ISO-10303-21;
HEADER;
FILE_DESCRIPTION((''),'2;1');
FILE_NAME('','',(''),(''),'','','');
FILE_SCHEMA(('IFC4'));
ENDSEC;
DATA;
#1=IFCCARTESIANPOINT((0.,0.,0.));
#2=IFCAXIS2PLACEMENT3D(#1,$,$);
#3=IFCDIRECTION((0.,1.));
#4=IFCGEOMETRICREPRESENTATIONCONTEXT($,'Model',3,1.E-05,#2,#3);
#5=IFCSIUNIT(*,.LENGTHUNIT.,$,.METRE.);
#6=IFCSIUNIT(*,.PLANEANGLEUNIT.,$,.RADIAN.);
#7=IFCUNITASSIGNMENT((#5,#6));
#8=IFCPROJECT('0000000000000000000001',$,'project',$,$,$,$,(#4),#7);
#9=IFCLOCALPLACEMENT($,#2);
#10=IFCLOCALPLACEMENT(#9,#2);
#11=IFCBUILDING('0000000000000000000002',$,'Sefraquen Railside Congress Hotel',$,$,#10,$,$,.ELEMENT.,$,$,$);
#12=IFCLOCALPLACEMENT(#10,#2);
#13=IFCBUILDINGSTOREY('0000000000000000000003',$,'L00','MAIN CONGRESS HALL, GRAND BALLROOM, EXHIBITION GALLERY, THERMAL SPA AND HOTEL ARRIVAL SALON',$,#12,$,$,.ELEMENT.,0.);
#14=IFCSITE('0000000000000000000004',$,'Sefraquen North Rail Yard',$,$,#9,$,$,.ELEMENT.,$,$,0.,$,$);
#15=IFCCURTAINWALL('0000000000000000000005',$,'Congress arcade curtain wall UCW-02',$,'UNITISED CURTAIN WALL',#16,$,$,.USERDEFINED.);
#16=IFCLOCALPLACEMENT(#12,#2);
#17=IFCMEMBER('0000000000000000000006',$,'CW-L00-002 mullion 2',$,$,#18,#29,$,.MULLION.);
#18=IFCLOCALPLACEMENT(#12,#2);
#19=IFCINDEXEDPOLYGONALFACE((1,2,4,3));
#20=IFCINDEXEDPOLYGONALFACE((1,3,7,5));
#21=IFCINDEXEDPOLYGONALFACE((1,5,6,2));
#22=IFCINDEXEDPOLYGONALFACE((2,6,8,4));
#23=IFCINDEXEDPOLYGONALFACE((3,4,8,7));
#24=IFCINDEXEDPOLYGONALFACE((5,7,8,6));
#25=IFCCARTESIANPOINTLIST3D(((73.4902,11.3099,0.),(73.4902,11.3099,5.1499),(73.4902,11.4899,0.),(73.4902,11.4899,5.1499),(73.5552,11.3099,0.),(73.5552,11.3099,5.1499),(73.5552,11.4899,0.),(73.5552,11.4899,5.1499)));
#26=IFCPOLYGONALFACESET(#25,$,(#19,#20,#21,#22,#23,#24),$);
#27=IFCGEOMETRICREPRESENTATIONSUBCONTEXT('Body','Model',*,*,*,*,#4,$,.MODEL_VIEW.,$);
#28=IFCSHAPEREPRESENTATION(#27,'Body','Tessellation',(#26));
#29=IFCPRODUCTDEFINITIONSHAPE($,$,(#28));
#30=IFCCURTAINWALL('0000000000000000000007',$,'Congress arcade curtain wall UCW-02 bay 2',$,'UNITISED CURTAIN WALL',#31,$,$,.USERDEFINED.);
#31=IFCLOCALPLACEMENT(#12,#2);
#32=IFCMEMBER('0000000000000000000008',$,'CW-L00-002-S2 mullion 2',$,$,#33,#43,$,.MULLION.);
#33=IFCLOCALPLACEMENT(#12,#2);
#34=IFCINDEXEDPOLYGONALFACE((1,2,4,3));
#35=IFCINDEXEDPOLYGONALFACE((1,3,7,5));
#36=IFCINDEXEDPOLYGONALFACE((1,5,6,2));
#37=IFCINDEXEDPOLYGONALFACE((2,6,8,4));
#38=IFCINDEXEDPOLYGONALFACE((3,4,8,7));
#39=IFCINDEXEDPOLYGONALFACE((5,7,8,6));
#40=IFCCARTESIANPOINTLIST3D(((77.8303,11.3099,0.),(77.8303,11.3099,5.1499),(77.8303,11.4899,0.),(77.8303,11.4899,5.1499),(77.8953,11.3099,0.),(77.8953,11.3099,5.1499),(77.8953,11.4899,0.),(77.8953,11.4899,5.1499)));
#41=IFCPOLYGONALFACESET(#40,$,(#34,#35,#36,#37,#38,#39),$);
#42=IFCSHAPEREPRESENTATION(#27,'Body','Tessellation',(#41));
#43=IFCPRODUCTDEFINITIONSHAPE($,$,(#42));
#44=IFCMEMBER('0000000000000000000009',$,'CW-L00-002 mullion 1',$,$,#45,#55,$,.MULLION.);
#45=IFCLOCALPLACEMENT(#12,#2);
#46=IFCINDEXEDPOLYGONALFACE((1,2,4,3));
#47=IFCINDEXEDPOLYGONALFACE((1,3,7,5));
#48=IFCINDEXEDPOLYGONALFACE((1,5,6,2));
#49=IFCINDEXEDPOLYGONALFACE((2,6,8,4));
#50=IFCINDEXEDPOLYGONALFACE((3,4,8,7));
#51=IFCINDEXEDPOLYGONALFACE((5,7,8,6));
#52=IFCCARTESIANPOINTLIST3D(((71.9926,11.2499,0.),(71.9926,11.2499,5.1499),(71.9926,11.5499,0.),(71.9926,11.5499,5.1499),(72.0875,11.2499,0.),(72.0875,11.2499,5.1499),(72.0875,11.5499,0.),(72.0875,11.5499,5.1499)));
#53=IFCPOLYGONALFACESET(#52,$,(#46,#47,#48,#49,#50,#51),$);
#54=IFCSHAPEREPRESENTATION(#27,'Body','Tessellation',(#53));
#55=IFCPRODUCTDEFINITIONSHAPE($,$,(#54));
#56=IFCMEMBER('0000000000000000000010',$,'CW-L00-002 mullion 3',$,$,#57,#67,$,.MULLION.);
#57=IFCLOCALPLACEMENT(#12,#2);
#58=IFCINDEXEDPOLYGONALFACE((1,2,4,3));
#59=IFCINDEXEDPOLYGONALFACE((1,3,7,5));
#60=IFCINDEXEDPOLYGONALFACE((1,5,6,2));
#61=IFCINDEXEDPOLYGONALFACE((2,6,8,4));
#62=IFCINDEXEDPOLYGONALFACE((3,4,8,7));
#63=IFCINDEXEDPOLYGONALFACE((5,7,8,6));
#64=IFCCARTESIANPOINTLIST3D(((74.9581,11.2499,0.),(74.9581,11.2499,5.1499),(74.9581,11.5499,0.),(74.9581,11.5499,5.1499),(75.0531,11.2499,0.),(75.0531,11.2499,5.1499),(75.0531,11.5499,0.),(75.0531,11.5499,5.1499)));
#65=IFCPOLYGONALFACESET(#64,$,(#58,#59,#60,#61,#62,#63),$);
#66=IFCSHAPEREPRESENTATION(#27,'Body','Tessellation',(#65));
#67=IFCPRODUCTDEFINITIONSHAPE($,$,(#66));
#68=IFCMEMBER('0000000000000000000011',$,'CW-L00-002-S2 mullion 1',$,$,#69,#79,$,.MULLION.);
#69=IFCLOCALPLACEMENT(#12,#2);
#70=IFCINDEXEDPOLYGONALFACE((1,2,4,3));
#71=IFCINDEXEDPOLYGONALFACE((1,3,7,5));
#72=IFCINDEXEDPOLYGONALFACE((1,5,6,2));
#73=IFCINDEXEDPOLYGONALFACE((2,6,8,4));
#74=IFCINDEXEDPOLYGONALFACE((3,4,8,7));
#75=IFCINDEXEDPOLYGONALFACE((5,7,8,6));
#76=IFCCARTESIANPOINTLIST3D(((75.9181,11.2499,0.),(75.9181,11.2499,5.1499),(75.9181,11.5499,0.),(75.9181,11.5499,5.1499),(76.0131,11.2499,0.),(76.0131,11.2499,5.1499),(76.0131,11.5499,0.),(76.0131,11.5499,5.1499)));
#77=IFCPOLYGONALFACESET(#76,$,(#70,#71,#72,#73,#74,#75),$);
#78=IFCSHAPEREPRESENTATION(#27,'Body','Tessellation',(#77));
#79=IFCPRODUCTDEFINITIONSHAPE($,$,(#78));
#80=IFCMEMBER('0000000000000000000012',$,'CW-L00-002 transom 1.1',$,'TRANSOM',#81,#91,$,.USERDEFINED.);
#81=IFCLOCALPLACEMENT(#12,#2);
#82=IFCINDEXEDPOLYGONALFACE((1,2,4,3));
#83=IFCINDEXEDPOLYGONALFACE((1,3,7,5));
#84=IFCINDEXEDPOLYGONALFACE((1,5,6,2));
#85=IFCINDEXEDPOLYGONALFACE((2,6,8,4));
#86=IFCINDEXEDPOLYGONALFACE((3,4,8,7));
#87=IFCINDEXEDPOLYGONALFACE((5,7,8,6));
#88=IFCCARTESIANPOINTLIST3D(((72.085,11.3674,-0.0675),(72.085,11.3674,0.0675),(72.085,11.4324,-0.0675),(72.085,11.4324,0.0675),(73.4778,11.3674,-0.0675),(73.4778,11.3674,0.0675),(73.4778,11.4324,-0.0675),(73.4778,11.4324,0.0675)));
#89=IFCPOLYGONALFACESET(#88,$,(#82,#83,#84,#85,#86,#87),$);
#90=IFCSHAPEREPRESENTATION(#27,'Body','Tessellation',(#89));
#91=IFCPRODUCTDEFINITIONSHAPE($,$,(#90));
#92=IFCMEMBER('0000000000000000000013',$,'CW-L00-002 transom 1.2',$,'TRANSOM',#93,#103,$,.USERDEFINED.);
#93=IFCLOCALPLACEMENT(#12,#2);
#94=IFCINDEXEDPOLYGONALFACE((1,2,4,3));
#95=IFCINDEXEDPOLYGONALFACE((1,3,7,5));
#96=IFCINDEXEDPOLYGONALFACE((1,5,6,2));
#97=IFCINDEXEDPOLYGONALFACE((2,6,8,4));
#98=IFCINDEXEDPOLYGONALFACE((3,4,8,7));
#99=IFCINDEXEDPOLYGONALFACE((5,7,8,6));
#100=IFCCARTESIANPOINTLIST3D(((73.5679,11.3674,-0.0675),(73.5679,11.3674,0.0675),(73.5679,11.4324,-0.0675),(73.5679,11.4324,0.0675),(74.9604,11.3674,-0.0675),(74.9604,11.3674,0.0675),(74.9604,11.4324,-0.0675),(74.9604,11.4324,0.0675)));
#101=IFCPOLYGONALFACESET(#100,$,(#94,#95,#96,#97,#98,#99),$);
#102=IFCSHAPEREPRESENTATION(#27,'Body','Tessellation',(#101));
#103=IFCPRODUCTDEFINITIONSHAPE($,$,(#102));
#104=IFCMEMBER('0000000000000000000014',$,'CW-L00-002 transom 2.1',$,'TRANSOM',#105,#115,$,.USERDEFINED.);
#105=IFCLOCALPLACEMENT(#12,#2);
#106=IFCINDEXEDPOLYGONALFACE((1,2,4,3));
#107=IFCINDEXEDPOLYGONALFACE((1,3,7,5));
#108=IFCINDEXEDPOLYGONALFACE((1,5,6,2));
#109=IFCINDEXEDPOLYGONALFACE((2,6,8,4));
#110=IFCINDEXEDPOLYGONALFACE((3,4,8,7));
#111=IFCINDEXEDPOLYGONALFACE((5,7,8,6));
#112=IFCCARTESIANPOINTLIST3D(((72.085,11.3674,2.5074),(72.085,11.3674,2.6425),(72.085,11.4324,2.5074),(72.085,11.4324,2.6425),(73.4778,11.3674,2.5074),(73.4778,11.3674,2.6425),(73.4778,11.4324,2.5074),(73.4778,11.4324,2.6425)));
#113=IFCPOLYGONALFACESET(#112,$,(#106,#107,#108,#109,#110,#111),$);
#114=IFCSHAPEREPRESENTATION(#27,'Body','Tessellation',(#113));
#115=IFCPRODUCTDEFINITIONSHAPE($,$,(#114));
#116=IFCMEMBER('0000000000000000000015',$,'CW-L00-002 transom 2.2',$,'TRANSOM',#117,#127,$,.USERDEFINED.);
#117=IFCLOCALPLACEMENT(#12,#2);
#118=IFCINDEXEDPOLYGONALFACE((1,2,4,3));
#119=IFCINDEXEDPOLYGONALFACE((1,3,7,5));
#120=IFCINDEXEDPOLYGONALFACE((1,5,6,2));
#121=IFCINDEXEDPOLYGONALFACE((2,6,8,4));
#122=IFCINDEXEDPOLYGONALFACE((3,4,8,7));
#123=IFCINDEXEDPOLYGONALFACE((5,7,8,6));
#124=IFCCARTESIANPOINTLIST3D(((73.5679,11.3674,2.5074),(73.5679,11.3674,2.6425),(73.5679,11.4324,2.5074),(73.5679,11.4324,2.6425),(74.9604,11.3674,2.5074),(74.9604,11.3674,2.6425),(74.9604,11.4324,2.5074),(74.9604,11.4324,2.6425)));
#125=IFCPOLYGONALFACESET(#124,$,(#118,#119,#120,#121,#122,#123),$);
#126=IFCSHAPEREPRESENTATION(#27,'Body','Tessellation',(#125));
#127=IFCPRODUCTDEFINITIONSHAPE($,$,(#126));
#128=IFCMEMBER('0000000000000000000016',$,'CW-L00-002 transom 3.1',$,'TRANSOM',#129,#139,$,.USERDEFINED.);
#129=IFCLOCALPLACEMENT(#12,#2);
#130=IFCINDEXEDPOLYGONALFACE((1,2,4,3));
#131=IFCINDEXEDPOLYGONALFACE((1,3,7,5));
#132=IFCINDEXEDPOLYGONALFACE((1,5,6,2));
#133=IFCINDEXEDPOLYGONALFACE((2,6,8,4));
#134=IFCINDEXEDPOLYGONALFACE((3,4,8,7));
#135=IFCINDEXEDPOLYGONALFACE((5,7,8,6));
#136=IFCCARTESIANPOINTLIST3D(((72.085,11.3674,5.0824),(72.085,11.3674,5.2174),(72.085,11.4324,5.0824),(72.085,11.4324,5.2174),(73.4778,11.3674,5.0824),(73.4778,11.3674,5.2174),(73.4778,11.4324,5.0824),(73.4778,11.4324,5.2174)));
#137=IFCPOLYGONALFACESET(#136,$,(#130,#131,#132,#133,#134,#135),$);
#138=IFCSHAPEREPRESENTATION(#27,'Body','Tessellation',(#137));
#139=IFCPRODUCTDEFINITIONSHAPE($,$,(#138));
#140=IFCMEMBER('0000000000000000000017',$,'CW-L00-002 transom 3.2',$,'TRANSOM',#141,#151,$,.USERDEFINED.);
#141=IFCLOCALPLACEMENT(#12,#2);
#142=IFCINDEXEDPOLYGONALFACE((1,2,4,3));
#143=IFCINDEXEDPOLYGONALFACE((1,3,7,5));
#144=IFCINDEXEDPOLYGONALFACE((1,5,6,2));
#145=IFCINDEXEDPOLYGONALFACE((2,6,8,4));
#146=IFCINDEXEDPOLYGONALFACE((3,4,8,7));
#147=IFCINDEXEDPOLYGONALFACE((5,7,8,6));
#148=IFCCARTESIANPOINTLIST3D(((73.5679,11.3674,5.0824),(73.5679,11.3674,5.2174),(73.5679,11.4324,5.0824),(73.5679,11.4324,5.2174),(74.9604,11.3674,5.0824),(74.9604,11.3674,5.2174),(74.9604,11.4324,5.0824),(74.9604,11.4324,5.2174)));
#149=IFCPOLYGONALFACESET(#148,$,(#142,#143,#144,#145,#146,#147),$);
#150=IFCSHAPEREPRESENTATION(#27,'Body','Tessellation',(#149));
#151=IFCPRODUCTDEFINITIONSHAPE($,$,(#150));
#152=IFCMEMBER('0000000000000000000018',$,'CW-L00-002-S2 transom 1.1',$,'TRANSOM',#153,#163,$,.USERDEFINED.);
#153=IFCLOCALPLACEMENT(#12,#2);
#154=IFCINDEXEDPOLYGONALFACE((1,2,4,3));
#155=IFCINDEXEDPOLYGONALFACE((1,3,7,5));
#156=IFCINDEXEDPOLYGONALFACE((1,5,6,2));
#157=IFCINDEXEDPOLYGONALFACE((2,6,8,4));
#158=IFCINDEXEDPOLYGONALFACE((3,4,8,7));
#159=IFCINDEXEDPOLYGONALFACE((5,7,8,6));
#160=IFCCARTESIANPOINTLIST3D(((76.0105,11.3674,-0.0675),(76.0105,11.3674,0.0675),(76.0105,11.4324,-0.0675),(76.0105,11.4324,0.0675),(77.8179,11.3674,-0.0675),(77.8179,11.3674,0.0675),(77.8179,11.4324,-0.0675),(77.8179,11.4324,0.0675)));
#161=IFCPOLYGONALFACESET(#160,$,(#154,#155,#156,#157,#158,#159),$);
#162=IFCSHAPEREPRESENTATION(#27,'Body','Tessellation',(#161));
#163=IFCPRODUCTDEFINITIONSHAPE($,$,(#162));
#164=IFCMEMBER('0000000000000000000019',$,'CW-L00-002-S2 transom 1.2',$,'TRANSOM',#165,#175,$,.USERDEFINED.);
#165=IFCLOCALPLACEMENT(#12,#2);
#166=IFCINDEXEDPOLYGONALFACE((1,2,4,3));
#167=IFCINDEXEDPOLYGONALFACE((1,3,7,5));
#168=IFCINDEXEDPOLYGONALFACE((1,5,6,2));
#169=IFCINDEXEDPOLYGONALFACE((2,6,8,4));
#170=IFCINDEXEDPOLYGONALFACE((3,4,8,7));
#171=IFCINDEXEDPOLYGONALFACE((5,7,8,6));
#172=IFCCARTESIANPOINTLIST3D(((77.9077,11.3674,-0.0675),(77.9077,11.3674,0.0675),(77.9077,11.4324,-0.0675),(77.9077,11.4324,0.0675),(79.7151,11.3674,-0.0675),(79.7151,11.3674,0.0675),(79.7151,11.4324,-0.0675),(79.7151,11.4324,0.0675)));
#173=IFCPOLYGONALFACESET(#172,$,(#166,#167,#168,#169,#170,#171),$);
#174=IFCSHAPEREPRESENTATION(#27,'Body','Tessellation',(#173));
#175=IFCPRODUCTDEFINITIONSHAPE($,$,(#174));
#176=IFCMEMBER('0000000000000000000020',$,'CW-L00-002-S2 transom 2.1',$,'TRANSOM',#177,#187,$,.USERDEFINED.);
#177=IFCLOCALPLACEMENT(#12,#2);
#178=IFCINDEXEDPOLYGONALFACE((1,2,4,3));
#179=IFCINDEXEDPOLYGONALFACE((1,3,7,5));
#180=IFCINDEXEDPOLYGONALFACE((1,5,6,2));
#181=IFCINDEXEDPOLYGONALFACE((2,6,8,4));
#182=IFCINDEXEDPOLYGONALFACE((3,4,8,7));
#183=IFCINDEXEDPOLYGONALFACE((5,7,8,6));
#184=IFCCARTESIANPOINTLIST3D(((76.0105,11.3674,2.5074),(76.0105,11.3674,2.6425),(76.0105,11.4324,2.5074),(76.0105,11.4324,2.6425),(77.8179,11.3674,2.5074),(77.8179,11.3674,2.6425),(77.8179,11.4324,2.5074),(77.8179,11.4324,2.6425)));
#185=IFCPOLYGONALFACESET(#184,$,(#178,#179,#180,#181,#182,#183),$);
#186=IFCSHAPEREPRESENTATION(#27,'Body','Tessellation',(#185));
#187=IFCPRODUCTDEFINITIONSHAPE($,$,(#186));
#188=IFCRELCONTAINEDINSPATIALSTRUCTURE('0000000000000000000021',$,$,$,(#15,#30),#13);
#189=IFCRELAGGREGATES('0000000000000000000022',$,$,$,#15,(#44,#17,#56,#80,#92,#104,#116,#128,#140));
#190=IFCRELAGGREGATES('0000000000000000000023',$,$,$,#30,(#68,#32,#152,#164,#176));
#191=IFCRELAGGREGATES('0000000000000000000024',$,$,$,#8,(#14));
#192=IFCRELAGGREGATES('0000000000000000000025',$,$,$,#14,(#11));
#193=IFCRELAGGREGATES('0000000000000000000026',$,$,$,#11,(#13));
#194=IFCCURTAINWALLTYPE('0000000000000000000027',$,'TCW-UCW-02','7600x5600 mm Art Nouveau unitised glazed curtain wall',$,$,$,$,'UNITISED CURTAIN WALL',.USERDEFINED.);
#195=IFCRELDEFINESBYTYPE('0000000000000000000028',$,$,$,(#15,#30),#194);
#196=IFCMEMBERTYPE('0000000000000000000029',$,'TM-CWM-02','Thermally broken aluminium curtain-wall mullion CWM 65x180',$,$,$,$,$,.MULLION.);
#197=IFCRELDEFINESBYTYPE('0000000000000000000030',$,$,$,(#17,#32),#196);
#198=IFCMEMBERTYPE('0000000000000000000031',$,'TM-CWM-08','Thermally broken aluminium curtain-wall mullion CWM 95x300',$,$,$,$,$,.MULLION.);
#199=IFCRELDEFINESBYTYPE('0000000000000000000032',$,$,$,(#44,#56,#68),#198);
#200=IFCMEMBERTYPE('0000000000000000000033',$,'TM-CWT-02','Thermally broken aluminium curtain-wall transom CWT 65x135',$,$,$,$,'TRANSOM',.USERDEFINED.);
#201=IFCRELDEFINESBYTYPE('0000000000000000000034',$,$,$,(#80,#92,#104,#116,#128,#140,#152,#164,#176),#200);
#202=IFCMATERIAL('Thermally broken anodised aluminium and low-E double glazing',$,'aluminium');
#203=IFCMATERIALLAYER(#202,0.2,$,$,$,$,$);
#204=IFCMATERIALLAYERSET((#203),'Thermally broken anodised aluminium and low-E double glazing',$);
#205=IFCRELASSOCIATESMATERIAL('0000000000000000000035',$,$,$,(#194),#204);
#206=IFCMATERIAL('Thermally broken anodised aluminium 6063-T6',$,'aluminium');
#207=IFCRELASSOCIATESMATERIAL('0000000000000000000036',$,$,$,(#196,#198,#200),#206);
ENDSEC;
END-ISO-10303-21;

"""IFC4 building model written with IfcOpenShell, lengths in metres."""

from ifc_helpers import new_model, si_unit, direction, frame, origin, origin_2d, place, context, subcontext, project, spatial, rectangle, extrude, material, layer, layer_set, material_profile, profile_set, type_object, element, aggregate, save


model = new_model("IFC4")

# Units and contexts
model_context = context("Model", 3, precision=1e-05, world=origin(), true_north=direction((0.0, 1.0)))
body_context = subcontext(model_context, "Body", "Model", "MODEL_VIEW")
ifc_project = project(units=[si_unit("LENGTHUNIT", "METRE"), si_unit("PLANEANGLEUNIT", "RADIAN")], contexts=[model_context])

# Site, building, storey
site_placement = place(None, origin())
site = spatial("IfcSite", under=ifc_project, at=site_placement, Name="Sefraquen North Rail Yard", CompositionType="ELEMENT", RefElevation=0.0)
building_placement = place(site_placement, origin())
building = spatial("IfcBuilding", under=site, at=building_placement, Name="Sefraquen Railside Congress Hotel", CompositionType="ELEMENT")
storey_placement = place(building_placement, origin())
storey = spatial("IfcBuildingStorey", under=building, at=storey_placement, Name="L00", Description="MAIN CONGRESS HALL, GRAND BALLROOM, EXHIBITION GALLERY, THERMAL SPA AND HOTEL ARRIVAL SALON", CompositionType="ELEMENT", Elevation=0.0)

# Curtain walls, members
ifc_material_1 = material(Name="Thermally broken anodised aluminium and low-E double glazing", Category="aluminium")
ifc_layer_1 = layer(ifc_material_1, 0.2)
ifc_layer_set_1 = layer_set([ifc_layer_1], Name="Thermally broken anodised aluminium and low-E double glazing")
curtain_wall_type = type_object("IfcCurtainWallType", Name="TCW-UCW-02", Description="7600x5600 mm Art Nouveau unitised glazed curtain wall", ElementType="UNITISED CURTAIN WALL", PredefinedType="USERDEFINED", material=ifc_layer_set_1)
curtain_wall_1_placement = place(storey_placement, origin())
curtain_wall_1 = element("IfcCurtainWall", 1, at=curtain_wall_1_placement, inside=storey, type_object=curtain_wall_type, Name="Congress arcade curtain wall UCW-02", ObjectType="UNITISED CURTAIN WALL", PredefinedType="USERDEFINED")
ifc_material_2 = material(Name="Thermally broken anodised aluminium 6063-T6", Category="aluminium")
ifc_material_profile_1 = material_profile(ifc_material_2, rectangle(XDim=0.0649, YDim=0.1799, at=origin_2d()), Name="CWM 65x180")
ifc_profile_set_1 = profile_set([ifc_material_profile_1], Name="Thermally broken anodised aluminium 6063-T6")
member_type_1 = type_object("IfcMemberType", Name="TM-CWM-02", Description="Thermally broken aluminium curtain-wall mullion CWM 65x180", PredefinedType="MULLION", material=ifc_profile_set_1)
member_1_placement = place(storey_placement, frame((73.5227, 11.3999, 0.0), z_axis=(0.0, 0.0, 1.0), x_axis=(1.0, 0.0, 0.0)))
member_1 = element("IfcMember", 2, at=member_1_placement, type_object=member_type_1, Name="CW-L00-002 mullion 2", PredefinedType="MULLION", context=body_context, shape_type="SweptSolid", body=[
    extrude(rectangle(XDim=0.0649, YDim=0.1799, at=origin_2d()), origin(), (0.0, 0.0, 1.0), 5.1499),
])
curtain_wall_2_placement = place(storey_placement, origin())
curtain_wall_2 = element("IfcCurtainWall", 3, at=curtain_wall_2_placement, inside=storey, type_object=curtain_wall_type, Name="Congress arcade curtain wall UCW-02 bay 2", ObjectType="UNITISED CURTAIN WALL", PredefinedType="USERDEFINED")
member_2_placement = place(storey_placement, frame((77.8628, 11.3999, 0.0), z_axis=(0.0, 0.0, 1.0), x_axis=(1.0, 0.0, 0.0)))
member_2 = element("IfcMember", 4, at=member_2_placement, type_object=member_type_1, Name="CW-L00-002-S2 mullion 2", PredefinedType="MULLION", context=body_context, shape_type="SweptSolid", body=[
    extrude(rectangle(XDim=0.0649, YDim=0.1799, at=origin_2d()), origin(), (0.0, 0.0, 1.0), 5.1499),
])

# Members
ifc_material_profile_2 = material_profile(ifc_material_2, rectangle(XDim=0.095, YDim=0.3, at=origin_2d()), Name="CWM 95x300")
ifc_profile_set_2 = profile_set([ifc_material_profile_2], Name="Thermally broken anodised aluminium 6063-T6")
member_type_2 = type_object("IfcMemberType", Name="TM-CWM-08", Description="Thermally broken aluminium curtain-wall mullion CWM 95x300", PredefinedType="MULLION", material=ifc_profile_set_2)
member_3_placement = place(storey_placement, frame((72.04, 11.3999, 0.0), z_axis=(0.0, 0.0, 1.0), x_axis=(1.0, 0.0, 0.0)))
member_3 = element("IfcMember", 5, at=member_3_placement, type_object=member_type_2, Name="CW-L00-002 mullion 1", PredefinedType="MULLION", context=body_context, shape_type="SweptSolid", body=[
    extrude(rectangle(XDim=0.095, YDim=0.3, at=origin_2d()), origin(), (0.0, 0.0, 1.0), 5.1499),
])
member_4_placement = place(storey_placement, frame((75.0056, 11.3999, 0.0), z_axis=(0.0, 0.0, 1.0), x_axis=(1.0, 0.0, 0.0)))
member_4 = element("IfcMember", 6, at=member_4_placement, type_object=member_type_2, Name="CW-L00-002 mullion 3", PredefinedType="MULLION", context=body_context, shape_type="SweptSolid", body=[
    extrude(rectangle(XDim=0.095, YDim=0.3, at=origin_2d()), origin(), (0.0, 0.0, 1.0), 5.1499),
])
member_5_placement = place(storey_placement, frame((75.9656, 11.3999, 0.0), z_axis=(0.0, 0.0, 1.0), x_axis=(1.0, 0.0, 0.0)))
member_5 = element("IfcMember", 7, at=member_5_placement, type_object=member_type_2, Name="CW-L00-002-S2 mullion 1", PredefinedType="MULLION", context=body_context, shape_type="SweptSolid", body=[
    extrude(rectangle(XDim=0.095, YDim=0.3, at=origin_2d()), origin(), (0.0, 0.0, 1.0), 5.1499),
])
ifc_material_profile_3 = material_profile(ifc_material_2, rectangle(XDim=0.0649, YDim=0.135, at=origin_2d()), Name="CWT 65x135")
ifc_profile_set_3 = profile_set([ifc_material_profile_3], Name="Thermally broken anodised aluminium 6063-T6")
member_type_3 = type_object("IfcMemberType", Name="TM-CWT-02", Description="Thermally broken aluminium curtain-wall transom CWT 65x135", ElementType="TRANSOM", PredefinedType="USERDEFINED", material=ifc_profile_set_3)
member_6_placement = place(storey_placement, frame((72.085, 11.3999, 0.0), z_axis=(1.0, 0.0, 0.0), x_axis=(0.0, 1.0, 0.0)))
member_6 = element("IfcMember", 8, at=member_6_placement, type_object=member_type_3, Name="CW-L00-002 transom 1.1", ObjectType="TRANSOM", PredefinedType="USERDEFINED", context=body_context, shape_type="SweptSolid", body=[
    extrude(rectangle(XDim=0.0649, YDim=0.135, at=origin_2d()), origin(), (0.0, 0.0, 1.0), 1.3928),
])
member_7_placement = place(storey_placement, frame((73.5679, 11.3999, 0.0), z_axis=(1.0, 0.0, 0.0), x_axis=(0.0, 1.0, 0.0)))
member_7 = element("IfcMember", 9, at=member_7_placement, type_object=member_type_3, Name="CW-L00-002 transom 1.2", ObjectType="TRANSOM", PredefinedType="USERDEFINED", context=body_context, shape_type="SweptSolid", body=[
    extrude(rectangle(XDim=0.0649, YDim=0.135, at=origin_2d()), origin(), (0.0, 0.0, 1.0), 1.3926),
])
member_8_placement = place(storey_placement, frame((72.085, 11.3999, 2.575), z_axis=(1.0, 0.0, 0.0), x_axis=(0.0, 1.0, 0.0)))
member_8 = element("IfcMember", 10, at=member_8_placement, type_object=member_type_3, Name="CW-L00-002 transom 2.1", ObjectType="TRANSOM", PredefinedType="USERDEFINED", context=body_context, shape_type="SweptSolid", body=[
    extrude(rectangle(XDim=0.0649, YDim=0.135, at=origin_2d()), origin(), (0.0, 0.0, 1.0), 1.3928),
])
member_9_placement = place(storey_placement, frame((73.5679, 11.3999, 2.575), z_axis=(1.0, 0.0, 0.0), x_axis=(0.0, 1.0, 0.0)))
member_9 = element("IfcMember", 11, at=member_9_placement, type_object=member_type_3, Name="CW-L00-002 transom 2.2", ObjectType="TRANSOM", PredefinedType="USERDEFINED", context=body_context, shape_type="SweptSolid", body=[
    extrude(rectangle(XDim=0.0649, YDim=0.135, at=origin_2d()), origin(), (0.0, 0.0, 1.0), 1.3926),
])
member_10_placement = place(storey_placement, frame((72.085, 11.3999, 5.1499), z_axis=(1.0, 0.0, 0.0), x_axis=(0.0, 1.0, 0.0)))
member_10 = element("IfcMember", 12, at=member_10_placement, type_object=member_type_3, Name="CW-L00-002 transom 3.1", ObjectType="TRANSOM", PredefinedType="USERDEFINED", context=body_context, shape_type="SweptSolid", body=[
    extrude(rectangle(XDim=0.0649, YDim=0.135, at=origin_2d()), origin(), (0.0, 0.0, 1.0), 1.3928),
])
member_11_placement = place(storey_placement, frame((73.5679, 11.3999, 5.1499), z_axis=(1.0, 0.0, 0.0), x_axis=(0.0, 1.0, 0.0)))
member_11 = element("IfcMember", 13, at=member_11_placement, type_object=member_type_3, Name="CW-L00-002 transom 3.2", ObjectType="TRANSOM", PredefinedType="USERDEFINED", context=body_context, shape_type="SweptSolid", body=[
    extrude(rectangle(XDim=0.0649, YDim=0.135, at=origin_2d()), origin(), (0.0, 0.0, 1.0), 1.3926),
])
member_12_placement = place(storey_placement, frame((76.0105, 11.3999, 0.0), z_axis=(1.0, 0.0, 0.0), x_axis=(0.0, 1.0, 0.0)))
member_12 = element("IfcMember", 14, at=member_12_placement, type_object=member_type_3, Name="CW-L00-002-S2 transom 1.1", ObjectType="TRANSOM", PredefinedType="USERDEFINED", context=body_context, shape_type="SweptSolid", body=[
    extrude(rectangle(XDim=0.0649, YDim=0.135, at=origin_2d()), origin(), (0.0, 0.0, 1.0), 1.8074),
])
member_13_placement = place(storey_placement, frame((77.9077, 11.3999, 0.0), z_axis=(1.0, 0.0, 0.0), x_axis=(0.0, 1.0, 0.0)))
member_13 = element("IfcMember", 15, at=member_13_placement, type_object=member_type_3, Name="CW-L00-002-S2 transom 1.2", ObjectType="TRANSOM", PredefinedType="USERDEFINED", context=body_context, shape_type="SweptSolid", body=[
    extrude(rectangle(XDim=0.0649, YDim=0.135, at=origin_2d()), origin(), (0.0, 0.0, 1.0), 1.8074),
])
member_14_placement = place(storey_placement, frame((76.0105, 11.3999, 2.575), z_axis=(1.0, 0.0, 0.0), x_axis=(0.0, 1.0, 0.0)))
member_14 = element("IfcMember", 16, at=member_14_placement, type_object=member_type_3, Name="CW-L00-002-S2 transom 2.1", ObjectType="TRANSOM", PredefinedType="USERDEFINED", context=body_context, shape_type="SweptSolid", body=[
    extrude(rectangle(XDim=0.0649, YDim=0.135, at=origin_2d()), origin(), (0.0, 0.0, 1.0), 1.8074),
])

aggregate(curtain_wall_1, [member_3, member_1, member_4, member_6, member_7, member_8, member_9, member_10, member_11])
aggregate(curtain_wall_2, [member_5, member_2, member_12, member_13, member_14])

save(model, "model.ifc")
